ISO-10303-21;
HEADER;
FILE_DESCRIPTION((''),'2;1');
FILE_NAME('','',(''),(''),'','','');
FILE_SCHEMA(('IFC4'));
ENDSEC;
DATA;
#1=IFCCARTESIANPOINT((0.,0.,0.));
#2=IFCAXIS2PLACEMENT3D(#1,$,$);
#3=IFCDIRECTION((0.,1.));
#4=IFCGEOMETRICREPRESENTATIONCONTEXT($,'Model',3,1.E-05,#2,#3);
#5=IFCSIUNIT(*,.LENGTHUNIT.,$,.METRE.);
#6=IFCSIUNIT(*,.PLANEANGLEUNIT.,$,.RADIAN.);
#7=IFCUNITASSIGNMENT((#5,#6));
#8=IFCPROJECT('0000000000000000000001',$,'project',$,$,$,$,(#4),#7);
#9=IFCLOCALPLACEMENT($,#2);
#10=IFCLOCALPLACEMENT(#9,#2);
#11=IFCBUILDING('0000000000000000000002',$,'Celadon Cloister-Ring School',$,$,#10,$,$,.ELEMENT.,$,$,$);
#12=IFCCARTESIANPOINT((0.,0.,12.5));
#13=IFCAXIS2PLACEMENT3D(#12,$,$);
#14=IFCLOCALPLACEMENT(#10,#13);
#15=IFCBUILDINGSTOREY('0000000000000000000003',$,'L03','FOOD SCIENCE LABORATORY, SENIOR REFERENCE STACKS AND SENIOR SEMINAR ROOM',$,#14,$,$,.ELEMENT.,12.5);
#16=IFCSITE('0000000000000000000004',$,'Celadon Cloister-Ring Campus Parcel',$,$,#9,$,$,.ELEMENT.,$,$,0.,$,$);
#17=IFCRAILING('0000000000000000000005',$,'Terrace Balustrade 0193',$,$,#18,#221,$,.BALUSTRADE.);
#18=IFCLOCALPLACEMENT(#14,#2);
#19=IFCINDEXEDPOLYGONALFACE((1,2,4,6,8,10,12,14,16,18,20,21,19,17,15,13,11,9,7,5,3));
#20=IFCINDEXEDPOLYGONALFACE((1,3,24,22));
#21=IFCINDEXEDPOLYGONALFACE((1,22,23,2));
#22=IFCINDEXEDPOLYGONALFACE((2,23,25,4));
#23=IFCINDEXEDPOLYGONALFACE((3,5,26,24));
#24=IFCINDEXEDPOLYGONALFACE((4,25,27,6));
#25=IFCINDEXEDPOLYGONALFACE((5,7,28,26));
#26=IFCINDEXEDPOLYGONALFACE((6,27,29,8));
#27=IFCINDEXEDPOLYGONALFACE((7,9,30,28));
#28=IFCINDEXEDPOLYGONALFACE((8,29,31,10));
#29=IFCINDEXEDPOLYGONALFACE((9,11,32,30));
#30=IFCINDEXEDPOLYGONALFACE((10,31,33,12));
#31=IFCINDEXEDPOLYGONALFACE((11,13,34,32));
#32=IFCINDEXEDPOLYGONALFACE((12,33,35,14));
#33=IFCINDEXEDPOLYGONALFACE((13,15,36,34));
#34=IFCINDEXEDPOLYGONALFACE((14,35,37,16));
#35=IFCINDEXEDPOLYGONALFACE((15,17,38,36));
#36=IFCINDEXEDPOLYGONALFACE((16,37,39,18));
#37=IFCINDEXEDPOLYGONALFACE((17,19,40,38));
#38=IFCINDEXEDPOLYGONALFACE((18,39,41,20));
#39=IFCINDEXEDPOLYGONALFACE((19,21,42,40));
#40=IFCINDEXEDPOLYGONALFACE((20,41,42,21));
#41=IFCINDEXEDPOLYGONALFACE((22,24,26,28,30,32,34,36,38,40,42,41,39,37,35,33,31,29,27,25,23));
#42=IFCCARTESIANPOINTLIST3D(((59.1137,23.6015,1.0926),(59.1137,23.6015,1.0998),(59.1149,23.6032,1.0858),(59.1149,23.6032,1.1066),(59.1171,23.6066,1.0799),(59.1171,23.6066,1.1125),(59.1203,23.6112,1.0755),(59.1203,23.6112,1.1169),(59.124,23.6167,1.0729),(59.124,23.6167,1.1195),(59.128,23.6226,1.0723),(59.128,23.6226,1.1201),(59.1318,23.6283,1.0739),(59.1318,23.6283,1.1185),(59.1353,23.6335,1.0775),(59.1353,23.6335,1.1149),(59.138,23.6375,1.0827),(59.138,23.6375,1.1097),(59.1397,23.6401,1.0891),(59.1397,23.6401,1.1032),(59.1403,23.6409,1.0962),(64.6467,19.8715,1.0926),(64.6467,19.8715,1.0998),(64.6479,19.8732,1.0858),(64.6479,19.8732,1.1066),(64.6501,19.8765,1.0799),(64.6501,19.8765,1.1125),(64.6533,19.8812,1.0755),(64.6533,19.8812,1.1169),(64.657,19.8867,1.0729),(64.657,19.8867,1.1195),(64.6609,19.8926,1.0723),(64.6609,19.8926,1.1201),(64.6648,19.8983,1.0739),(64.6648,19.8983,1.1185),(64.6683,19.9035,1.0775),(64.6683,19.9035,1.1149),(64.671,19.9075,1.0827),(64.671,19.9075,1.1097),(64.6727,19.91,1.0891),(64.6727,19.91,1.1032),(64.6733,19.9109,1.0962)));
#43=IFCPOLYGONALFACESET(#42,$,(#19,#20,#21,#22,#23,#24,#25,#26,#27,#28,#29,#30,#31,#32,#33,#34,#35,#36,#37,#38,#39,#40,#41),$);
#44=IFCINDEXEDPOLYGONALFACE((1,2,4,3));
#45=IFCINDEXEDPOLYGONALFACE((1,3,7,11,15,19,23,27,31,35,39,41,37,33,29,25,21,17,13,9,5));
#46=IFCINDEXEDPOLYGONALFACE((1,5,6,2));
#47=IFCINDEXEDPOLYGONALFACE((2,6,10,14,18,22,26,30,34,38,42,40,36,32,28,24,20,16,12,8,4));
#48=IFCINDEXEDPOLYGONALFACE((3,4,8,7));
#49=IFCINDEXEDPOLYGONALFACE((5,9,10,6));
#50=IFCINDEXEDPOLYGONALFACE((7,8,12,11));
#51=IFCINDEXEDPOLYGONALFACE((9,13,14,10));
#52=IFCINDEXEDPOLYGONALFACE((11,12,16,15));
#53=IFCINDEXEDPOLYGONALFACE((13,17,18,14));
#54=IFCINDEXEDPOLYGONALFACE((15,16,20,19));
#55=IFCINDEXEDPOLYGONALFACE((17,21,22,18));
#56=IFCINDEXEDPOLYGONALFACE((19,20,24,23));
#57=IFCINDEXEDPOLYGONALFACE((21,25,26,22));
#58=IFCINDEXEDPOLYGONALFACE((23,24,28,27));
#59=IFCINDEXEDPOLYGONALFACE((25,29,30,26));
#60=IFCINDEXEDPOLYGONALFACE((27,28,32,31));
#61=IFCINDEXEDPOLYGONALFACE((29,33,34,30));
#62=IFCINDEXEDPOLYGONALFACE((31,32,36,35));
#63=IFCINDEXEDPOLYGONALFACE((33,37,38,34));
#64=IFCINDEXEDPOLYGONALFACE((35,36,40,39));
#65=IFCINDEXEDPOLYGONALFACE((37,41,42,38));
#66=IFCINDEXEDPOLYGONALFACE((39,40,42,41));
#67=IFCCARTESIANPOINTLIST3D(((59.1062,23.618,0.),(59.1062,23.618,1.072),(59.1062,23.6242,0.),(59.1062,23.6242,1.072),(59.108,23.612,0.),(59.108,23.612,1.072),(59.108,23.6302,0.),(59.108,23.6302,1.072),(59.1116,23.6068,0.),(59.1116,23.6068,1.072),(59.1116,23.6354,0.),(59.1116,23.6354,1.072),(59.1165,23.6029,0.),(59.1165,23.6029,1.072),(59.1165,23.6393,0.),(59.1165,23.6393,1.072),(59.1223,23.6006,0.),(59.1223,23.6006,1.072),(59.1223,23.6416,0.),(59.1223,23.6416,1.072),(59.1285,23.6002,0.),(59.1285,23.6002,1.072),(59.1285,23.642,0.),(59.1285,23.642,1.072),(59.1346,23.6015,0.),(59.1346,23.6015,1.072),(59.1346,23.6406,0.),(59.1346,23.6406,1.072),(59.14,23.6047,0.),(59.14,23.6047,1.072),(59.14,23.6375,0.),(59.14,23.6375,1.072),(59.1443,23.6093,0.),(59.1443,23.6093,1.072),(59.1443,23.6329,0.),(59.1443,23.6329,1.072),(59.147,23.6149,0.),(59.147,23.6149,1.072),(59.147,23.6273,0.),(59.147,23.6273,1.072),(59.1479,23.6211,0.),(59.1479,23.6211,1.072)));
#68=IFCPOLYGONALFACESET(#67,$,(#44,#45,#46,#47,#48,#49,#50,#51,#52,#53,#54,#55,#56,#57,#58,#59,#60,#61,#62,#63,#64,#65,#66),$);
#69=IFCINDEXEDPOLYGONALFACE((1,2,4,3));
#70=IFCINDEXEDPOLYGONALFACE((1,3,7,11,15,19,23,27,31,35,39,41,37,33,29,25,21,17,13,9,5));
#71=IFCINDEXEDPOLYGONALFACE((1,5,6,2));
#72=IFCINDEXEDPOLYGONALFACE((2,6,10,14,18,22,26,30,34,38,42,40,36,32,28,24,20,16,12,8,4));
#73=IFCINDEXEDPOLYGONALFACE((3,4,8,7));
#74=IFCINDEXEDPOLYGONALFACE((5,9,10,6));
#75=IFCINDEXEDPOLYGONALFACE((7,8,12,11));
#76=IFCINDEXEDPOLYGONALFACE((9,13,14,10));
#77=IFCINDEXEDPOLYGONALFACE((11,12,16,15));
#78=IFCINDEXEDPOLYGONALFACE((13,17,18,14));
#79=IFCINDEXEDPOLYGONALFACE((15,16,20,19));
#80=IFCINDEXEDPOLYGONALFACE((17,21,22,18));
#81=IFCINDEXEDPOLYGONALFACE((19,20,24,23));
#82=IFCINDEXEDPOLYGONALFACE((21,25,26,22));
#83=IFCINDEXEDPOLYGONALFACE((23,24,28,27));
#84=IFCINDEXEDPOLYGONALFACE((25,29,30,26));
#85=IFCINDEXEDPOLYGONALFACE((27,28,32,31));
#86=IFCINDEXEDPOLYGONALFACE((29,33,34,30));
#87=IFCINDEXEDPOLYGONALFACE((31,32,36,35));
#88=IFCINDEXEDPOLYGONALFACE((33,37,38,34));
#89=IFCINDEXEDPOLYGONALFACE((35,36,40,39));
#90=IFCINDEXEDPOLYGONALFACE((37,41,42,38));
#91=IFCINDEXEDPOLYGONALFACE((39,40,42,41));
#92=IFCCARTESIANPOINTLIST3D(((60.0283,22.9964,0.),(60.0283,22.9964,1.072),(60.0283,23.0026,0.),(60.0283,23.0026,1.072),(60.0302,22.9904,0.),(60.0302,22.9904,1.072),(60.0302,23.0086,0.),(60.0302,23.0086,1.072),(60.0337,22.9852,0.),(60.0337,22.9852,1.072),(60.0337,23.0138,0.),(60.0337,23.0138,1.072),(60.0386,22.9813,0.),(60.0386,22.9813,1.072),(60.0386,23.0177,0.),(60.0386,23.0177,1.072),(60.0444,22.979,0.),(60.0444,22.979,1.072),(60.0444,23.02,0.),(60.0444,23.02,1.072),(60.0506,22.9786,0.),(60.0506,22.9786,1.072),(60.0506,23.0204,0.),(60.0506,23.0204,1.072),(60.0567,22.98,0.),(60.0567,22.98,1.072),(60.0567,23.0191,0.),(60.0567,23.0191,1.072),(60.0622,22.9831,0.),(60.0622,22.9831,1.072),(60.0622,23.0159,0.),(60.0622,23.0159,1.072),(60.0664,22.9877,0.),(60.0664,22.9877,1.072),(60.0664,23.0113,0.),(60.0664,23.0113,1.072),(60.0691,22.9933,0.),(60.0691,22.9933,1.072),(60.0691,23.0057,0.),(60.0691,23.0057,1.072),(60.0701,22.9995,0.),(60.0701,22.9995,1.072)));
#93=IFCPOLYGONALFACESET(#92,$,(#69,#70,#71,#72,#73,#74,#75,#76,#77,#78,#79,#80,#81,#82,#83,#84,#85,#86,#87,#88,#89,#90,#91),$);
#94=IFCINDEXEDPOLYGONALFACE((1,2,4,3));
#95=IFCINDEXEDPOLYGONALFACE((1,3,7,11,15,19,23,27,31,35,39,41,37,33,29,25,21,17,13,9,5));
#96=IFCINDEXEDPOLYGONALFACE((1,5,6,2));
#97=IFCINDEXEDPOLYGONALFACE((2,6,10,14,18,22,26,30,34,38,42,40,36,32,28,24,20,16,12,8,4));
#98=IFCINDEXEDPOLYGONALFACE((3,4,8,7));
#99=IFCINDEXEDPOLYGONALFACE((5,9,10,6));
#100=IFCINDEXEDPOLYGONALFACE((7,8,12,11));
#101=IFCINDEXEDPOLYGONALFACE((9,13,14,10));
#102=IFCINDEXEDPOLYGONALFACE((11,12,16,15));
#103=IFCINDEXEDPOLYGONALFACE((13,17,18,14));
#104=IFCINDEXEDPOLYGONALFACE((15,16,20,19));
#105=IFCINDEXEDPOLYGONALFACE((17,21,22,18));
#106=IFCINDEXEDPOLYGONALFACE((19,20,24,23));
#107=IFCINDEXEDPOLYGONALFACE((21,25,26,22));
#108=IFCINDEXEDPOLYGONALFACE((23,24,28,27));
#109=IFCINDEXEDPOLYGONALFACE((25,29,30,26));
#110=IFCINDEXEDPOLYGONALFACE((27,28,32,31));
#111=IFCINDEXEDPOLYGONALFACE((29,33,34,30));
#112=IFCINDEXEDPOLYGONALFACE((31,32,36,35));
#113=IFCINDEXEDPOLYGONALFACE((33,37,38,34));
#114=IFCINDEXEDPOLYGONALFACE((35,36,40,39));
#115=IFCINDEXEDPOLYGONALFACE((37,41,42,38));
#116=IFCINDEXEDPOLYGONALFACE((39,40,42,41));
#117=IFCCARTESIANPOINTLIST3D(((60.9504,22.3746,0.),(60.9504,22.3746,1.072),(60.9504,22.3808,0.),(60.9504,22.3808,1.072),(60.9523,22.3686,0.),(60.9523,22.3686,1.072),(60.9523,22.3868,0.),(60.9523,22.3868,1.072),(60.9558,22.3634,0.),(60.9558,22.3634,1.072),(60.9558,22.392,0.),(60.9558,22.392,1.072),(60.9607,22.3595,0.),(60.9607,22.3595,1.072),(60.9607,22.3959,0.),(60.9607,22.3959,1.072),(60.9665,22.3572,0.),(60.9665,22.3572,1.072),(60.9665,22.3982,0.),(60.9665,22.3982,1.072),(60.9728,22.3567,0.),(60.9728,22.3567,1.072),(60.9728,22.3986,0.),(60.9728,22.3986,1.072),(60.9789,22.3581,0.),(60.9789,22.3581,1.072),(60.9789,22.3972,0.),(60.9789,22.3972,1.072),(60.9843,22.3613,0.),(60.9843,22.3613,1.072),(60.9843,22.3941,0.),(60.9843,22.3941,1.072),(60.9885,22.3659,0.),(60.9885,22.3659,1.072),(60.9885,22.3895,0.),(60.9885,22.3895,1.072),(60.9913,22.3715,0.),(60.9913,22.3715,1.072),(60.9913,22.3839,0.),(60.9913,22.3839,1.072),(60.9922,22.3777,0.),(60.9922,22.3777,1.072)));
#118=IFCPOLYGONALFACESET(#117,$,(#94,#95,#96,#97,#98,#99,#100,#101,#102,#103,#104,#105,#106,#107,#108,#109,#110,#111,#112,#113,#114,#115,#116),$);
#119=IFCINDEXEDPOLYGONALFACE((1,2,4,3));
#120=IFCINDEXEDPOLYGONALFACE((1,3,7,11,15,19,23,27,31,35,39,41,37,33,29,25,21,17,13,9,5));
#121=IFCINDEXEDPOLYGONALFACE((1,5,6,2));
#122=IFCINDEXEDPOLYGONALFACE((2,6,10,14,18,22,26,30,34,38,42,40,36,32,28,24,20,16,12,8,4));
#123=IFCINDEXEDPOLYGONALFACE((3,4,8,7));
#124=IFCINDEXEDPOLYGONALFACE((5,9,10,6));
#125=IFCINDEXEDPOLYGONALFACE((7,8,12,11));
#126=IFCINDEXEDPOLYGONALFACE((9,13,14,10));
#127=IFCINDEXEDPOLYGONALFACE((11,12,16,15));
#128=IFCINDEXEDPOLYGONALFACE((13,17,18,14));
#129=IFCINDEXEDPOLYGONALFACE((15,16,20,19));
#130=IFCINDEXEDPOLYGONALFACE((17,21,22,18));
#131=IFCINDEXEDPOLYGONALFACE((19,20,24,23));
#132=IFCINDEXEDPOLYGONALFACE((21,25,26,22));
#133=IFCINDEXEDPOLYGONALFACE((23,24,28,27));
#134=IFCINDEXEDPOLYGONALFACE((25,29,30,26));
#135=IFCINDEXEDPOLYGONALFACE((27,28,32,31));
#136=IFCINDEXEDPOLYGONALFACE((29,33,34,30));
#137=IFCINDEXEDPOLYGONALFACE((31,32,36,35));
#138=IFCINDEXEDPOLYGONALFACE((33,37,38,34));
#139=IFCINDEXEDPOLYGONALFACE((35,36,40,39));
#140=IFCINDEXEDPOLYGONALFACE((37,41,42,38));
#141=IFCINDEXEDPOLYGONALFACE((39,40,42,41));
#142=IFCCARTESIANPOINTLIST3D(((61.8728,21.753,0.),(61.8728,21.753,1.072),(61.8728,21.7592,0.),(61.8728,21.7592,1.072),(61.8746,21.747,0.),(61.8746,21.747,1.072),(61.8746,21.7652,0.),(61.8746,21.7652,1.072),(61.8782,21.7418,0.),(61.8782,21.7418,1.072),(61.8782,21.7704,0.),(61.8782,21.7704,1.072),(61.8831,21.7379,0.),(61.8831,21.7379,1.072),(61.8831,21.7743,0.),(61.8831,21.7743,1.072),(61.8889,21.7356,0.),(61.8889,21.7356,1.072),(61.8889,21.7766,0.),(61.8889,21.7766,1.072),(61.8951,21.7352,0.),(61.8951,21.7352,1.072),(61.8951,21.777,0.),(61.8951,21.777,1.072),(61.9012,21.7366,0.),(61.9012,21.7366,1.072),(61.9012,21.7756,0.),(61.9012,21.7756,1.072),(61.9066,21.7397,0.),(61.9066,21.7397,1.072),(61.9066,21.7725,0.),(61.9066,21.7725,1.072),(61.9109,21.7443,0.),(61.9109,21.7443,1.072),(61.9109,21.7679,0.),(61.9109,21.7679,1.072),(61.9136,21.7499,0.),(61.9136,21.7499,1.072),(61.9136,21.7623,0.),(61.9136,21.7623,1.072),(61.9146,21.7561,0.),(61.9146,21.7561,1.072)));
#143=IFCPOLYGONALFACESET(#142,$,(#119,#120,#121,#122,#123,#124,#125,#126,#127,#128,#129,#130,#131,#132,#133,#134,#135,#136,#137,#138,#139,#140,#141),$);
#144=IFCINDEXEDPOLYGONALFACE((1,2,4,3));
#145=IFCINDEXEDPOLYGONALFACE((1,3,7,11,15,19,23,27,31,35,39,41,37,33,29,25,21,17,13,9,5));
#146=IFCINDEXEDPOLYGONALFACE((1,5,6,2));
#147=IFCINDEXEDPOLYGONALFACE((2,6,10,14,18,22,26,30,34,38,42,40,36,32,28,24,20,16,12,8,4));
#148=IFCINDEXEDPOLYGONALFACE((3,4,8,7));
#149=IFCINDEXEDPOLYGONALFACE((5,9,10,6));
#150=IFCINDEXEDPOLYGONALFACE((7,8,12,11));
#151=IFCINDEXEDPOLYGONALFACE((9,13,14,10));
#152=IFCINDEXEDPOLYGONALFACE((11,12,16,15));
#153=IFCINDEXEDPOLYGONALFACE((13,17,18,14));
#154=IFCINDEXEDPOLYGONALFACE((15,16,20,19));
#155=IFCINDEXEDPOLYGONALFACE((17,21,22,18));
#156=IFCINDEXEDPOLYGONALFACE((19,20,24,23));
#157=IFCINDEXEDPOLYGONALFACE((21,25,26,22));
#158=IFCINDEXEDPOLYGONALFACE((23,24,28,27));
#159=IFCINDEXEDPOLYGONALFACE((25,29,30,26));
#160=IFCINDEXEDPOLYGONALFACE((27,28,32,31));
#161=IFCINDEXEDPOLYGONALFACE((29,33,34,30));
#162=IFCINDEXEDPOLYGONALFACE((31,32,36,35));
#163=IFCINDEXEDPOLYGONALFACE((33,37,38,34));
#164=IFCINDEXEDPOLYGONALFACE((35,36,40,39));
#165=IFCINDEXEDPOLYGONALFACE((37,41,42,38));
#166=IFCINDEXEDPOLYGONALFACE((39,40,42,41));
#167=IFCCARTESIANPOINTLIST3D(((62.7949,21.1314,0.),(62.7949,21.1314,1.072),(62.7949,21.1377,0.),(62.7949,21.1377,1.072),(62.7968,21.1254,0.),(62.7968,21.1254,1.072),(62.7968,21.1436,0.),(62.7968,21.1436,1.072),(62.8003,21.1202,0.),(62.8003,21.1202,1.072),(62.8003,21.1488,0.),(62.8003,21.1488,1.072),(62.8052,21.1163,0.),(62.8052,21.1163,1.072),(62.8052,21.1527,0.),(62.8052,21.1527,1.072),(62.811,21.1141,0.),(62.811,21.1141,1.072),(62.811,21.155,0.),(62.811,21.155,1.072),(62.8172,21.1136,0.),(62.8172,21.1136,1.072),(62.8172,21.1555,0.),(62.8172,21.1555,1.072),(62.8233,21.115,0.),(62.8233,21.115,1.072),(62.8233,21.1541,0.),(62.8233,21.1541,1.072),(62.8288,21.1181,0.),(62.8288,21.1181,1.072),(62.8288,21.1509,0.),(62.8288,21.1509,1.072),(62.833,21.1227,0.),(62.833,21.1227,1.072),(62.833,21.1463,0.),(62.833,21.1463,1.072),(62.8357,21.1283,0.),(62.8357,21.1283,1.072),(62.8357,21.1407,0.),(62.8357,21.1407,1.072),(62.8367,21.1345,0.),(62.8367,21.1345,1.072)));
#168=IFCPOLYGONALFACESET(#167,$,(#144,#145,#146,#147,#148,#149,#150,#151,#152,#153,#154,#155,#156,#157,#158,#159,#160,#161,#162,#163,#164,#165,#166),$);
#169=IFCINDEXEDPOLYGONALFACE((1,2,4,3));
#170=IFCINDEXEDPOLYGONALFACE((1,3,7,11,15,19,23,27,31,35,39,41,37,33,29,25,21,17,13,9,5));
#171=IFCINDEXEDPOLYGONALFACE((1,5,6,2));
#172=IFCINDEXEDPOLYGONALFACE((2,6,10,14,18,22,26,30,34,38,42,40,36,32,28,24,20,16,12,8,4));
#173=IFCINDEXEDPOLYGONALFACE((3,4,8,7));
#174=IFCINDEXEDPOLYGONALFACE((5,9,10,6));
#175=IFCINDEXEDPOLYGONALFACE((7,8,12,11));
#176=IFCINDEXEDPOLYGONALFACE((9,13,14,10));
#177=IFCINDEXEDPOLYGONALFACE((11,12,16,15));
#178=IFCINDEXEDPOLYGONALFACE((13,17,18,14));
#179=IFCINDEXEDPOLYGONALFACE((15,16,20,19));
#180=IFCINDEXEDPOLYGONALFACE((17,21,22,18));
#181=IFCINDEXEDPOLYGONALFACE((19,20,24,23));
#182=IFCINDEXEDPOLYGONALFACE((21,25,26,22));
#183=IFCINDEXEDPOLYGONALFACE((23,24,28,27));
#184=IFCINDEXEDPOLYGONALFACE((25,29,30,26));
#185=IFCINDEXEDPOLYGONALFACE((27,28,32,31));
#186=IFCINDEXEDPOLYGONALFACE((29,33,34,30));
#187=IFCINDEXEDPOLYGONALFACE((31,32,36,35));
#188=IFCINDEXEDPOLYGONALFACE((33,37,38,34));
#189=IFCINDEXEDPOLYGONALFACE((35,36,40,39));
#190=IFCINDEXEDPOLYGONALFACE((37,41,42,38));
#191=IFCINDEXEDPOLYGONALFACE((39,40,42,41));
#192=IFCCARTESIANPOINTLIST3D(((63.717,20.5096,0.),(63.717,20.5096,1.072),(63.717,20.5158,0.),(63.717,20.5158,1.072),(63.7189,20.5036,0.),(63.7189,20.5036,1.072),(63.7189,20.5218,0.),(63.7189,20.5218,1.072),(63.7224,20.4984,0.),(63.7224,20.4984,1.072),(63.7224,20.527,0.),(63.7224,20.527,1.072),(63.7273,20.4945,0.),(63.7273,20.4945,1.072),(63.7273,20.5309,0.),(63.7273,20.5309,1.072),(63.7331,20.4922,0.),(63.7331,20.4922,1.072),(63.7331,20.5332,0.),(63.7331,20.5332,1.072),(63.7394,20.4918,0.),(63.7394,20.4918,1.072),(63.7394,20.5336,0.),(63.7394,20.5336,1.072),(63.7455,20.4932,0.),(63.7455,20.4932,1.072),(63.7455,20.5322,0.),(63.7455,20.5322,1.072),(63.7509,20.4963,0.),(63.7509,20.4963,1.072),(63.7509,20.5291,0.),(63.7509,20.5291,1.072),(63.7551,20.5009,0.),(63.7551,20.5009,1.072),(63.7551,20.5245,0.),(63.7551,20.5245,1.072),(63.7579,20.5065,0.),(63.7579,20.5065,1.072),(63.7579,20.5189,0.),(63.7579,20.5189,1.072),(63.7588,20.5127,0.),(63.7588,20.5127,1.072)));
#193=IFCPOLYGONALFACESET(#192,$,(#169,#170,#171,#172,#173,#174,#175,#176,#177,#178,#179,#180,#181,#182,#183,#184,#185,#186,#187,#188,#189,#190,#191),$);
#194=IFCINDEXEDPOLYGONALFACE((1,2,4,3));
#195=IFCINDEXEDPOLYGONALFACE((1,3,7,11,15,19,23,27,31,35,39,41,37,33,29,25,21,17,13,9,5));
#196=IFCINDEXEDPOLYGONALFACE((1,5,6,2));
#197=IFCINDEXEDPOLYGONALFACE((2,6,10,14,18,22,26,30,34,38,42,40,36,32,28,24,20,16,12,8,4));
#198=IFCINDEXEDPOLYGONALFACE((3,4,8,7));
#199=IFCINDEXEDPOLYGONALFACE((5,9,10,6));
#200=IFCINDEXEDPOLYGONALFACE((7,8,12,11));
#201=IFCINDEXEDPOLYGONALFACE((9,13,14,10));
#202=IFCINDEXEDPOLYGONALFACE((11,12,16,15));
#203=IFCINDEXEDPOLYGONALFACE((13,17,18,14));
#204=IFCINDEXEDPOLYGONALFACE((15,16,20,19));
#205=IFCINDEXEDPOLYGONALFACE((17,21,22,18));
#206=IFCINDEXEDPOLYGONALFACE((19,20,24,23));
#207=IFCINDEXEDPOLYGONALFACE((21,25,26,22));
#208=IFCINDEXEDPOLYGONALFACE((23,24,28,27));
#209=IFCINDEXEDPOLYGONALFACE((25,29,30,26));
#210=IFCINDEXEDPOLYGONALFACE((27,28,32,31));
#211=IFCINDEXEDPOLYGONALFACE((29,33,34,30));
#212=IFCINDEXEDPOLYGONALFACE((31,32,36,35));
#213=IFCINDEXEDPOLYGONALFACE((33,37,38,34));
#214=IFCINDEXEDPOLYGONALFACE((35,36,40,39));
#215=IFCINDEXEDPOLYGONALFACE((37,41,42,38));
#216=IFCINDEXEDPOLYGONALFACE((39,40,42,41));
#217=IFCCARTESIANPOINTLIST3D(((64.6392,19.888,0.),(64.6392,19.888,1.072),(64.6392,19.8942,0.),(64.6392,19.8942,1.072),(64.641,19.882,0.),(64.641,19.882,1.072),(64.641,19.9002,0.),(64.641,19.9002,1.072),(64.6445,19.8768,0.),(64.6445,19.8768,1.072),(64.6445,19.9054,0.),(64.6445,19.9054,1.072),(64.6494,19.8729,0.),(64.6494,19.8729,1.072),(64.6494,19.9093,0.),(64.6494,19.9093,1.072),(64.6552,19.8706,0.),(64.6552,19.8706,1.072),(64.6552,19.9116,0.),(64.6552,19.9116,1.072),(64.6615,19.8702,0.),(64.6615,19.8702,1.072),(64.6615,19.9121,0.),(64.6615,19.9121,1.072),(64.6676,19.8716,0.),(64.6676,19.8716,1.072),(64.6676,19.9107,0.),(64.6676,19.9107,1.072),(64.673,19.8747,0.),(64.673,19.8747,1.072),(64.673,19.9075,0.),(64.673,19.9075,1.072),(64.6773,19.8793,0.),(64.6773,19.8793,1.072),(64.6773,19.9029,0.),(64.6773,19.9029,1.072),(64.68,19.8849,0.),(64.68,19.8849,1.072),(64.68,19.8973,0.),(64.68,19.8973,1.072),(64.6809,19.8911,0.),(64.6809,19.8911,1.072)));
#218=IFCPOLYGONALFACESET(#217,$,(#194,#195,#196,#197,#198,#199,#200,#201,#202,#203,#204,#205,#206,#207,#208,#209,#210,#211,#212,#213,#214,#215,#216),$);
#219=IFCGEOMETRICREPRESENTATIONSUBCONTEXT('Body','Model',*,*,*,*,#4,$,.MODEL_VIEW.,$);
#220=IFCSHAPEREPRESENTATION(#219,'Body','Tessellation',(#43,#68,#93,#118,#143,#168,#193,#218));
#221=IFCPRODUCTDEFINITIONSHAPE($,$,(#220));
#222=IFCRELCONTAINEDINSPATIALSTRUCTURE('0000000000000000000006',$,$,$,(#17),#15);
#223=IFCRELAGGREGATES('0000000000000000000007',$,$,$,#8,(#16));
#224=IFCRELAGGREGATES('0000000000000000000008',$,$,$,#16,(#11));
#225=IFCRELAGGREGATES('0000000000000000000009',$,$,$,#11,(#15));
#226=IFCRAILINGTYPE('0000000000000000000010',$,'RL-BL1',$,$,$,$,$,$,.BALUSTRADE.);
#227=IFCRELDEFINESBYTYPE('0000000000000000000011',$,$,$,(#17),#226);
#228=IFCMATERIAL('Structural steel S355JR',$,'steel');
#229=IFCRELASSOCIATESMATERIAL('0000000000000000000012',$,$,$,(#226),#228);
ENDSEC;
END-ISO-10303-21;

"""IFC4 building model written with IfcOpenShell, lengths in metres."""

from ifc_helpers import new_model, si_unit, direction, frame, origin, origin_2d, place, context, subcontext, project, spatial, circle, extrude, material, type_object, element, save


model = new_model("IFC4")

# Units and contexts
model_context = context("Model", 3, precision=1e-05, world=origin(), true_north=direction((0.0, 1.0)))
body_context = subcontext(model_context, "Body", "Model", "MODEL_VIEW")
ifc_project = project(units=[si_unit("LENGTHUNIT", "METRE"), si_unit("PLANEANGLEUNIT", "RADIAN")], contexts=[model_context])

# Site, building, storey
site_placement = place(None, origin())
site = spatial("IfcSite", under=ifc_project, at=site_placement, Name="Celadon Cloister-Ring Campus Parcel", CompositionType="ELEMENT", RefElevation=0.0)
building_placement = place(site_placement, origin())
building = spatial("IfcBuilding", under=site, at=building_placement, Name="Celadon Cloister-Ring School", CompositionType="ELEMENT")
storey_placement = place(building_placement, frame((0.0, 0.0, 12.5)))
storey = spatial("IfcBuildingStorey", under=building, at=storey_placement, Name="L03", Description="FOOD SCIENCE LABORATORY, SENIOR REFERENCE STACKS AND SENIOR SEMINAR ROOM", CompositionType="ELEMENT", Elevation=12.5)

# Railing
ifc_material_1 = material(Name="Structural steel S355JR", Category="steel")
railing_type = type_object("IfcRailingType", Name="RL-BL1", PredefinedType="BALUSTRADE", material=ifc_material_1)
railing_placement = place(storey_placement, frame((59.127, 23.6211, 0.0)))
element("IfcRailing", 1, at=railing_placement, inside=storey, type_object=railing_type, Name="Terrace Balustrade 0193", PredefinedType="BALUSTRADE", context=body_context, shape_type="SweptSolid", body=[
    extrude(circle(Radius=0.0239, at=origin_2d()), frame((0.0, 0.0, 1.0962), z_axis=(0.82918, -0.558982, 0.0), x_axis=(0.558982, 0.82918, 0.0)), (0.0, 0.0, 1.0), 6.6729),
    extrude(circle(Radius=0.021, at=origin_2d()), origin(), (0.0, 0.0, 1.0), 1.072),
    extrude(circle(Radius=0.021, at=origin_2d()), frame((0.9221, -0.6216, 0.0)), (0.0, 0.0, 1.0), 1.072),
    extrude(circle(Radius=0.021, at=origin_2d()), frame((1.8442, -1.2434, 0.0)), (0.0, 0.0, 1.0), 1.072),
    extrude(circle(Radius=0.021, at=origin_2d()), frame((2.7666, -1.865, 0.0)), (0.0, 0.0, 1.0), 1.072),
    extrude(circle(Radius=0.021, at=origin_2d()), frame((3.6887, -2.4866, 0.0)), (0.0, 0.0, 1.0), 1.072),
    extrude(circle(Radius=0.021, at=origin_2d()), frame((4.6108, -3.1084, 0.0)), (0.0, 0.0, 1.0), 1.072),
    extrude(circle(Radius=0.021, at=origin_2d()), frame((5.533, -3.73, 0.0)), (0.0, 0.0, 1.0), 1.072),
])

save(model, "model.ifc")
